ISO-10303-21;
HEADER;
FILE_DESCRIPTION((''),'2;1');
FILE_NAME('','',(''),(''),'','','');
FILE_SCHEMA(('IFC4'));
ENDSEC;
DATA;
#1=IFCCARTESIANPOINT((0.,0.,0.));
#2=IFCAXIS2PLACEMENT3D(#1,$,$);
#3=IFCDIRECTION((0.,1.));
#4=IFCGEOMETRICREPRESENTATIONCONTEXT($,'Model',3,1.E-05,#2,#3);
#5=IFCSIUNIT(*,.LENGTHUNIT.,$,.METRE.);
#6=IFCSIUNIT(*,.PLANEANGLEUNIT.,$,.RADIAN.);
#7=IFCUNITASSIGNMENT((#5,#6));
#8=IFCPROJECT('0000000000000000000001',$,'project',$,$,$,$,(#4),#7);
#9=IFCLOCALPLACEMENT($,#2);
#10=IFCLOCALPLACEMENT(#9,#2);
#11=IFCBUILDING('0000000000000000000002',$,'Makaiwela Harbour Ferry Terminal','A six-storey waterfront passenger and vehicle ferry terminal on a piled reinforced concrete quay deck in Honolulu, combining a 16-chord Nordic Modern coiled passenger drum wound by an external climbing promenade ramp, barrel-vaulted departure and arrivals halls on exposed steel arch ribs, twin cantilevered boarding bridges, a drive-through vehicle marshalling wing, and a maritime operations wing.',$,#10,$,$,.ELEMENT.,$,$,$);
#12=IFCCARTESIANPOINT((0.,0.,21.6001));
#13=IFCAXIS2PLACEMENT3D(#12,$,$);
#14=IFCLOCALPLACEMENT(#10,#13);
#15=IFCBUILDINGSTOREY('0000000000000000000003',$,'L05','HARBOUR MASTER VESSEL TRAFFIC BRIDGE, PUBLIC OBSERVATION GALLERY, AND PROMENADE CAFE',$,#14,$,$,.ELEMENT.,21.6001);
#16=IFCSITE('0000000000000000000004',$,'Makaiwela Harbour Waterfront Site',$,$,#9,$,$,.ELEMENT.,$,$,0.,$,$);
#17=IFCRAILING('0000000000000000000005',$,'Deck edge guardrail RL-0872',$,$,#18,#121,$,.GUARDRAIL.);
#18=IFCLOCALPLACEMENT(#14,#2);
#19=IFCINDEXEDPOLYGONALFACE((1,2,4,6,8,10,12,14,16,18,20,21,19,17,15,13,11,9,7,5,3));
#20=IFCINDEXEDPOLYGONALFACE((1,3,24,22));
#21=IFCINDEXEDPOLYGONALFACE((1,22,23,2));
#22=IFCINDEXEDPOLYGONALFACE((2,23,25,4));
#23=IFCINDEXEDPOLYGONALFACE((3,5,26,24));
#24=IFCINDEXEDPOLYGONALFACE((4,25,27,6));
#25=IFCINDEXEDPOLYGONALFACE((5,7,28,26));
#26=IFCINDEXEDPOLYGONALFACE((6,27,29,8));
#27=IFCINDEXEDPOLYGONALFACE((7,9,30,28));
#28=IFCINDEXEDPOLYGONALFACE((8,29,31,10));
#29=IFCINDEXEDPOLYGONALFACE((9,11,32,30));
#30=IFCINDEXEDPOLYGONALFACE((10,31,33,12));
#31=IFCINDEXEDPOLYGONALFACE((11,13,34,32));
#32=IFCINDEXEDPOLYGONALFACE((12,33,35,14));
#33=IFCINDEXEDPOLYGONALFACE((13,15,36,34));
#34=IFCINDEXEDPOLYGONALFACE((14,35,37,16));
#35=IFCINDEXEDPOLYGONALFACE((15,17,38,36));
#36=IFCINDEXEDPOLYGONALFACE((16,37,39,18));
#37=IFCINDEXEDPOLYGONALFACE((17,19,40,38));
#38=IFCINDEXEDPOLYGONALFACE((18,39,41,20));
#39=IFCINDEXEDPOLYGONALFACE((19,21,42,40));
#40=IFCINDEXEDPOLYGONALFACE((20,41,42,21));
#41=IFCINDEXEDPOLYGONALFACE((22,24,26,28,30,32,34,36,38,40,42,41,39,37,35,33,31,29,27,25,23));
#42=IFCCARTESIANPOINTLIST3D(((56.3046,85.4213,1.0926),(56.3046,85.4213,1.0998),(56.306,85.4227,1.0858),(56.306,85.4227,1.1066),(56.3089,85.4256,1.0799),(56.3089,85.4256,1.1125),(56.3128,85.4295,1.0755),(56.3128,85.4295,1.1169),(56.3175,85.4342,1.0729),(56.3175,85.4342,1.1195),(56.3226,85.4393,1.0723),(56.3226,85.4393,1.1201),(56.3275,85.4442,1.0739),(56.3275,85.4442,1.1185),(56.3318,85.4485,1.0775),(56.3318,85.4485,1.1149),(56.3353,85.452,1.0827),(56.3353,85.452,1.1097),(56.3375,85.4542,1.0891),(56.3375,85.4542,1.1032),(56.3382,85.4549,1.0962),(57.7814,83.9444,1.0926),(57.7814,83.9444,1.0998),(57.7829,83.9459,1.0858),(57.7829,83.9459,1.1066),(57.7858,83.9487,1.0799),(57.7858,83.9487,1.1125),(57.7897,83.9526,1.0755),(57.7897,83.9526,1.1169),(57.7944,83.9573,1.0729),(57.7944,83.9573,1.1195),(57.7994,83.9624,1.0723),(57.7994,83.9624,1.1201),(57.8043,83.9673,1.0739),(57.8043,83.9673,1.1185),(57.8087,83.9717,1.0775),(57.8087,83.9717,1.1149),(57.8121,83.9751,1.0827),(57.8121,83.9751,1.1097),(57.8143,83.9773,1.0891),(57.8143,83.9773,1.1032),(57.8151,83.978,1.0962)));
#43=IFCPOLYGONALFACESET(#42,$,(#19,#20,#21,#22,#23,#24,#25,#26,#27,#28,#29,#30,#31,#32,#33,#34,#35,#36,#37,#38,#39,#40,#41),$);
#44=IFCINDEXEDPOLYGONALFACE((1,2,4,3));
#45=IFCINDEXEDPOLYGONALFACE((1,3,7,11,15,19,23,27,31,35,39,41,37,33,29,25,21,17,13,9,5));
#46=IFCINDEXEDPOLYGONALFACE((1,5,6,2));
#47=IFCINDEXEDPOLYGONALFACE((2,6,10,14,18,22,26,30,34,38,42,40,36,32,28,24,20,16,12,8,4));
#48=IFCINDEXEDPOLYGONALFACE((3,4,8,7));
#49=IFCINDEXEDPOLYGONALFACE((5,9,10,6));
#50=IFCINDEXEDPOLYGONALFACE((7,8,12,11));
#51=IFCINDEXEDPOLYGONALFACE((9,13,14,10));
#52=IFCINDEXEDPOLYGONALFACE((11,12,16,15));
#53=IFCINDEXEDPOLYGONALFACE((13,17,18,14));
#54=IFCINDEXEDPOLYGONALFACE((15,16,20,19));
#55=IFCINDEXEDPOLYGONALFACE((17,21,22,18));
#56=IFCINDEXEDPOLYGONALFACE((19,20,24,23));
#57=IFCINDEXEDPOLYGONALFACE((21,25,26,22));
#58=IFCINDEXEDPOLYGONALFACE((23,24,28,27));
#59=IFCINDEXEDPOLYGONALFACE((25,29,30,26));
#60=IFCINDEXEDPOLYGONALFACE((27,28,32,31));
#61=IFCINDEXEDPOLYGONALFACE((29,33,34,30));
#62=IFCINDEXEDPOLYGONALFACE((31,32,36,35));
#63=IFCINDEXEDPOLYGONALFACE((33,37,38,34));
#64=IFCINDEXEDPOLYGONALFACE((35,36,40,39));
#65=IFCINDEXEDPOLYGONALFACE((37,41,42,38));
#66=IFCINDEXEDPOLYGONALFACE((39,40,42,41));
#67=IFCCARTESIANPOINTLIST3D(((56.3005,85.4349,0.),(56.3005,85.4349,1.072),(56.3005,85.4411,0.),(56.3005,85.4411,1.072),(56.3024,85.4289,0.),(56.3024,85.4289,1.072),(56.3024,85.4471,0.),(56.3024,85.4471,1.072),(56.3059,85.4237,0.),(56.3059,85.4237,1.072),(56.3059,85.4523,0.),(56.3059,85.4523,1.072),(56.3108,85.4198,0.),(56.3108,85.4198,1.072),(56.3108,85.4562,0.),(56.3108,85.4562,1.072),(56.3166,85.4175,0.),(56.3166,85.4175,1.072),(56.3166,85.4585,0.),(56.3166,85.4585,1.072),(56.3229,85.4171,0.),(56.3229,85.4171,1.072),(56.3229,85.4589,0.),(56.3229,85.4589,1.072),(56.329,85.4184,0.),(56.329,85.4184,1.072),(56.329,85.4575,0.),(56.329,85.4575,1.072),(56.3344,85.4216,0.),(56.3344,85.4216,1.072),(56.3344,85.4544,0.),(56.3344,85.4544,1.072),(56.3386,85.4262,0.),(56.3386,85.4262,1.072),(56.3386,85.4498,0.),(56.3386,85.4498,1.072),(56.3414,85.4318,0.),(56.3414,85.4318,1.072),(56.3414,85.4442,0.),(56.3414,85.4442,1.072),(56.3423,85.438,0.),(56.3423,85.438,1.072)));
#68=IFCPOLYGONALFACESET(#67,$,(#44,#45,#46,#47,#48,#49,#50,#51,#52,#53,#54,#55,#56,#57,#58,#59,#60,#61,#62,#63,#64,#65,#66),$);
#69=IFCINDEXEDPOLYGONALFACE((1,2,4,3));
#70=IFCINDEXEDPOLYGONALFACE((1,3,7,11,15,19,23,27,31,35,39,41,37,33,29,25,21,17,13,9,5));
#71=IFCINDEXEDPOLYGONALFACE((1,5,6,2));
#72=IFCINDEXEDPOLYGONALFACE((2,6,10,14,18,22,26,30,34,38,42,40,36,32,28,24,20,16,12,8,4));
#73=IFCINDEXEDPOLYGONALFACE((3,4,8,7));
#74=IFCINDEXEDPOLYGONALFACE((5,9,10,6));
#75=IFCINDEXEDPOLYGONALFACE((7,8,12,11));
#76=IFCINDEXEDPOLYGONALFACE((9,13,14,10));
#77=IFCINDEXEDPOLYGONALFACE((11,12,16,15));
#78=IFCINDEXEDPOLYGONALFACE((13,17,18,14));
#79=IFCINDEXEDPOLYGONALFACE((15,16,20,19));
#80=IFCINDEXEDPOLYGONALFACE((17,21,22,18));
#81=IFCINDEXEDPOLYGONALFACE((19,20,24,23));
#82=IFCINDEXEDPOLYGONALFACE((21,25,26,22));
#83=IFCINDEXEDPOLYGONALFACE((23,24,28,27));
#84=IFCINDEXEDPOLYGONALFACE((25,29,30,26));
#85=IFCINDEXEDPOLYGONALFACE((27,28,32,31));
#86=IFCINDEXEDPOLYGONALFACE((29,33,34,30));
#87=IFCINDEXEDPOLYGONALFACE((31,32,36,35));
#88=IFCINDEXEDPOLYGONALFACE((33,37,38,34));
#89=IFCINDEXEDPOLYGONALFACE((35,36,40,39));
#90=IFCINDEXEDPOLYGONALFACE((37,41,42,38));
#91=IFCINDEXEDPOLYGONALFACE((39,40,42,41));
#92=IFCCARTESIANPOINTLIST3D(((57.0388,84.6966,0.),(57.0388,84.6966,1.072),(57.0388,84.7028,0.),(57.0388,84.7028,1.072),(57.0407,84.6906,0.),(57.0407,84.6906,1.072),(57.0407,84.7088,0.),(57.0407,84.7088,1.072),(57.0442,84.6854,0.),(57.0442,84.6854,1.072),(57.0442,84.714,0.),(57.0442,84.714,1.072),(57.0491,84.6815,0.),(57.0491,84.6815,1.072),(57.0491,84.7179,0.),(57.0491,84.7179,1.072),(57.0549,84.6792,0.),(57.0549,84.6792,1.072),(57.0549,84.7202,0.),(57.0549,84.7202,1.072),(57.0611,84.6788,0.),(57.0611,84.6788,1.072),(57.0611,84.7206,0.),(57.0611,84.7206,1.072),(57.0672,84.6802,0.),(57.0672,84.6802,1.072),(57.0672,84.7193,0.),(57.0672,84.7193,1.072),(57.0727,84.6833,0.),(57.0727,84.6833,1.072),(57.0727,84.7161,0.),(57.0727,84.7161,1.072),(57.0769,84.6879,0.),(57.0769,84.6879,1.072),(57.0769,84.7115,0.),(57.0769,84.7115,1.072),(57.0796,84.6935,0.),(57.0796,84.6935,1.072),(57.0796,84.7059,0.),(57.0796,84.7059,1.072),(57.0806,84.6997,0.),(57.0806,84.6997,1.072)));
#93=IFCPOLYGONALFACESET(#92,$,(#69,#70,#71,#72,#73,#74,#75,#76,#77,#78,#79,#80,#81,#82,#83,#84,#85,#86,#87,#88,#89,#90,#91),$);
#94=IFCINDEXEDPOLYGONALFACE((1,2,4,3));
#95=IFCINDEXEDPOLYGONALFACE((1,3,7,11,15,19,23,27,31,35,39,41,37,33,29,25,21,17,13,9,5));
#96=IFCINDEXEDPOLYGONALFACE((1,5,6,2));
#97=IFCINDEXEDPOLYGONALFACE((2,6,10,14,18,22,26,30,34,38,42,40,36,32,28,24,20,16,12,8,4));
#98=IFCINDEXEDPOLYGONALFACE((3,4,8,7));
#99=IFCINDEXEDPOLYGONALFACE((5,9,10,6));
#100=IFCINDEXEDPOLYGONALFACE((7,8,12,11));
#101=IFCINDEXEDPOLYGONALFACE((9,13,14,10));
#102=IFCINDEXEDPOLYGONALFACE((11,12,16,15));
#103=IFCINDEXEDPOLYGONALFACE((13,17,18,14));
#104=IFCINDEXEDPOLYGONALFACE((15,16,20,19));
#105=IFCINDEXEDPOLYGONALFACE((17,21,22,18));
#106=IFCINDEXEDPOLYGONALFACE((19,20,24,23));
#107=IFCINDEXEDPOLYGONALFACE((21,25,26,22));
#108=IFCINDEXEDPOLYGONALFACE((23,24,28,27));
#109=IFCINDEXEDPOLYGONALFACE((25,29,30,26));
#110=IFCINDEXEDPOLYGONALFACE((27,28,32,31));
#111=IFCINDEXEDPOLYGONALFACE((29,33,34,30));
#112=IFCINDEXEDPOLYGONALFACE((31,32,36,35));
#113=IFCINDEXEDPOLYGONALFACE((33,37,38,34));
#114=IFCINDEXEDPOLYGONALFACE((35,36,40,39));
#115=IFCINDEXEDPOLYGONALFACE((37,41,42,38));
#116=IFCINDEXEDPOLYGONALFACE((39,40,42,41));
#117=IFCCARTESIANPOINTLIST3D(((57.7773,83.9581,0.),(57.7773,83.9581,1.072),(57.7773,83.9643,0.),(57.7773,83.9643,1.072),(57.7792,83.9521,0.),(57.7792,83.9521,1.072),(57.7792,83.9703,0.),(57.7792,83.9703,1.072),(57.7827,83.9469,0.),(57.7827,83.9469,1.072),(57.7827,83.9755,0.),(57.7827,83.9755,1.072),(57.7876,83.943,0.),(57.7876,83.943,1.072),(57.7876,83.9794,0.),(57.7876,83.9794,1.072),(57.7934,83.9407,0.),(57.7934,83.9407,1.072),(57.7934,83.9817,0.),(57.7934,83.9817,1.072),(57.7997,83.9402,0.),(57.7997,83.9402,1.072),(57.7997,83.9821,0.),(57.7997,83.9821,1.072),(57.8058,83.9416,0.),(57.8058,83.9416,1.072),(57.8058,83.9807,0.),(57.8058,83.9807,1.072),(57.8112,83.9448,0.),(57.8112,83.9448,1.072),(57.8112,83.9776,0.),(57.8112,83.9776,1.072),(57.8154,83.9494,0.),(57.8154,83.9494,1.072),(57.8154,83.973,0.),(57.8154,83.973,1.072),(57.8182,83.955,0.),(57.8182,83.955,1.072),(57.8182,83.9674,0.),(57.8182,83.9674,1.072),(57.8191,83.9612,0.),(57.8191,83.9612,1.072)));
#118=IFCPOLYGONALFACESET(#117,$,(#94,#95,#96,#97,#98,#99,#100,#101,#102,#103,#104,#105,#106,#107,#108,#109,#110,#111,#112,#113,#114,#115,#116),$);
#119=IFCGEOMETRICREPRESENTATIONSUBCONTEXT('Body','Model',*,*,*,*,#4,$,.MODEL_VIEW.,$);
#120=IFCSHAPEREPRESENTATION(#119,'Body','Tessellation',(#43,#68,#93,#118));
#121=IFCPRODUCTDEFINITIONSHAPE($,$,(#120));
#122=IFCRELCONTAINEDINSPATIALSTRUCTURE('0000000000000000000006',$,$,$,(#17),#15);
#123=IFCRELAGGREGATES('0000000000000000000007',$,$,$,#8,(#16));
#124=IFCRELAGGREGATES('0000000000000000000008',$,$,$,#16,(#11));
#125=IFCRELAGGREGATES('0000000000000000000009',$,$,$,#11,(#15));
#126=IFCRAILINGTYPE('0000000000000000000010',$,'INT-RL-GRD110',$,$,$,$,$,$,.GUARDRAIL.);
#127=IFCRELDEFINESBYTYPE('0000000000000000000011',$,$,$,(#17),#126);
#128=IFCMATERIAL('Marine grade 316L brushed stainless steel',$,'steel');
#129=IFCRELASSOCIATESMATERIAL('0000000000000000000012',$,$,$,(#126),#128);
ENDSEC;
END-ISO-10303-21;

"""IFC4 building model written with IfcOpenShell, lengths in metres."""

from ifc_helpers import new_model, si_unit, direction, frame, origin, origin_2d, place, context, subcontext, project, spatial, circle, extrude, material, type_object, element, save


model = new_model("IFC4")

# Units and contexts
model_context = context("Model", 3, precision=1e-05, world=origin(), true_north=direction((0.0, 1.0)))
body_context = subcontext(model_context, "Body", "Model", "MODEL_VIEW")
ifc_project = project(units=[si_unit("LENGTHUNIT", "METRE"), si_unit("PLANEANGLEUNIT", "RADIAN")], contexts=[model_context])

# Site, building, storey
site_placement = place(None, origin())
site = spatial("IfcSite", under=ifc_project, at=site_placement, Name="Makaiwela Harbour Waterfront Site", CompositionType="ELEMENT", RefElevation=0.0)
building_placement = place(site_placement, origin())
building = spatial("IfcBuilding", under=site, at=building_placement, Name="Makaiwela Harbour Ferry Terminal", Description="A six-storey waterfront passenger and vehicle ferry terminal on a piled reinforced concrete quay deck in Honolulu, combining a 16-chord Nordic Modern coiled passenger drum wound by an external climbing promenade ramp, barrel-vaulted departure and arrivals halls on exposed steel arch ribs, twin cantilevered boarding bridges, a drive-through vehicle marshalling wing, and a maritime operations wing.", CompositionType="ELEMENT")
storey_placement = place(building_placement, frame((0.0, 0.0, 21.6001)))
storey = spatial("IfcBuildingStorey", under=building, at=storey_placement, Name="L05", Description="HARBOUR MASTER VESSEL TRAFFIC BRIDGE, PUBLIC OBSERVATION GALLERY, AND PROMENADE CAFE", CompositionType="ELEMENT", Elevation=21.6001)

# Railing
ifc_material_1 = material(Name="Marine grade 316L brushed stainless steel", Category="steel")
railing_type = type_object("IfcRailingType", Name="INT-RL-GRD110", PredefinedType="GUARDRAIL", material=ifc_material_1)
railing_1_placement = place(storey_placement, frame((56.3213, 85.438, 0.0)))
element("IfcRailing", 1, at=railing_1_placement, inside=storey, type_object=railing_type, Name="Deck edge guardrail RL-0872", PredefinedType="GUARDRAIL", context=body_context, shape_type="SweptSolid", body=[
    extrude(circle(Radius=0.0239, at=origin_2d()), frame((0.0, 0.0, 1.0962), z_axis=(0.707107, -0.707107, 0.0), x_axis=(0.707107, 0.707107, 0.0)), (0.0, 0.0, 1.0), 2.0886),
    extrude(circle(Radius=0.021, at=origin_2d()), origin(), (0.0, 0.0, 1.0), 1.072),
    extrude(circle(Radius=0.021, at=origin_2d()), frame((0.7383, -0.7383, 0.0)), (0.0, 0.0, 1.0), 1.072),
    extrude(circle(Radius=0.021, at=origin_2d()), frame((1.4768, -1.4768, 0.0)), (0.0, 0.0, 1.0), 1.072),
])

save(model, "model.ifc")
